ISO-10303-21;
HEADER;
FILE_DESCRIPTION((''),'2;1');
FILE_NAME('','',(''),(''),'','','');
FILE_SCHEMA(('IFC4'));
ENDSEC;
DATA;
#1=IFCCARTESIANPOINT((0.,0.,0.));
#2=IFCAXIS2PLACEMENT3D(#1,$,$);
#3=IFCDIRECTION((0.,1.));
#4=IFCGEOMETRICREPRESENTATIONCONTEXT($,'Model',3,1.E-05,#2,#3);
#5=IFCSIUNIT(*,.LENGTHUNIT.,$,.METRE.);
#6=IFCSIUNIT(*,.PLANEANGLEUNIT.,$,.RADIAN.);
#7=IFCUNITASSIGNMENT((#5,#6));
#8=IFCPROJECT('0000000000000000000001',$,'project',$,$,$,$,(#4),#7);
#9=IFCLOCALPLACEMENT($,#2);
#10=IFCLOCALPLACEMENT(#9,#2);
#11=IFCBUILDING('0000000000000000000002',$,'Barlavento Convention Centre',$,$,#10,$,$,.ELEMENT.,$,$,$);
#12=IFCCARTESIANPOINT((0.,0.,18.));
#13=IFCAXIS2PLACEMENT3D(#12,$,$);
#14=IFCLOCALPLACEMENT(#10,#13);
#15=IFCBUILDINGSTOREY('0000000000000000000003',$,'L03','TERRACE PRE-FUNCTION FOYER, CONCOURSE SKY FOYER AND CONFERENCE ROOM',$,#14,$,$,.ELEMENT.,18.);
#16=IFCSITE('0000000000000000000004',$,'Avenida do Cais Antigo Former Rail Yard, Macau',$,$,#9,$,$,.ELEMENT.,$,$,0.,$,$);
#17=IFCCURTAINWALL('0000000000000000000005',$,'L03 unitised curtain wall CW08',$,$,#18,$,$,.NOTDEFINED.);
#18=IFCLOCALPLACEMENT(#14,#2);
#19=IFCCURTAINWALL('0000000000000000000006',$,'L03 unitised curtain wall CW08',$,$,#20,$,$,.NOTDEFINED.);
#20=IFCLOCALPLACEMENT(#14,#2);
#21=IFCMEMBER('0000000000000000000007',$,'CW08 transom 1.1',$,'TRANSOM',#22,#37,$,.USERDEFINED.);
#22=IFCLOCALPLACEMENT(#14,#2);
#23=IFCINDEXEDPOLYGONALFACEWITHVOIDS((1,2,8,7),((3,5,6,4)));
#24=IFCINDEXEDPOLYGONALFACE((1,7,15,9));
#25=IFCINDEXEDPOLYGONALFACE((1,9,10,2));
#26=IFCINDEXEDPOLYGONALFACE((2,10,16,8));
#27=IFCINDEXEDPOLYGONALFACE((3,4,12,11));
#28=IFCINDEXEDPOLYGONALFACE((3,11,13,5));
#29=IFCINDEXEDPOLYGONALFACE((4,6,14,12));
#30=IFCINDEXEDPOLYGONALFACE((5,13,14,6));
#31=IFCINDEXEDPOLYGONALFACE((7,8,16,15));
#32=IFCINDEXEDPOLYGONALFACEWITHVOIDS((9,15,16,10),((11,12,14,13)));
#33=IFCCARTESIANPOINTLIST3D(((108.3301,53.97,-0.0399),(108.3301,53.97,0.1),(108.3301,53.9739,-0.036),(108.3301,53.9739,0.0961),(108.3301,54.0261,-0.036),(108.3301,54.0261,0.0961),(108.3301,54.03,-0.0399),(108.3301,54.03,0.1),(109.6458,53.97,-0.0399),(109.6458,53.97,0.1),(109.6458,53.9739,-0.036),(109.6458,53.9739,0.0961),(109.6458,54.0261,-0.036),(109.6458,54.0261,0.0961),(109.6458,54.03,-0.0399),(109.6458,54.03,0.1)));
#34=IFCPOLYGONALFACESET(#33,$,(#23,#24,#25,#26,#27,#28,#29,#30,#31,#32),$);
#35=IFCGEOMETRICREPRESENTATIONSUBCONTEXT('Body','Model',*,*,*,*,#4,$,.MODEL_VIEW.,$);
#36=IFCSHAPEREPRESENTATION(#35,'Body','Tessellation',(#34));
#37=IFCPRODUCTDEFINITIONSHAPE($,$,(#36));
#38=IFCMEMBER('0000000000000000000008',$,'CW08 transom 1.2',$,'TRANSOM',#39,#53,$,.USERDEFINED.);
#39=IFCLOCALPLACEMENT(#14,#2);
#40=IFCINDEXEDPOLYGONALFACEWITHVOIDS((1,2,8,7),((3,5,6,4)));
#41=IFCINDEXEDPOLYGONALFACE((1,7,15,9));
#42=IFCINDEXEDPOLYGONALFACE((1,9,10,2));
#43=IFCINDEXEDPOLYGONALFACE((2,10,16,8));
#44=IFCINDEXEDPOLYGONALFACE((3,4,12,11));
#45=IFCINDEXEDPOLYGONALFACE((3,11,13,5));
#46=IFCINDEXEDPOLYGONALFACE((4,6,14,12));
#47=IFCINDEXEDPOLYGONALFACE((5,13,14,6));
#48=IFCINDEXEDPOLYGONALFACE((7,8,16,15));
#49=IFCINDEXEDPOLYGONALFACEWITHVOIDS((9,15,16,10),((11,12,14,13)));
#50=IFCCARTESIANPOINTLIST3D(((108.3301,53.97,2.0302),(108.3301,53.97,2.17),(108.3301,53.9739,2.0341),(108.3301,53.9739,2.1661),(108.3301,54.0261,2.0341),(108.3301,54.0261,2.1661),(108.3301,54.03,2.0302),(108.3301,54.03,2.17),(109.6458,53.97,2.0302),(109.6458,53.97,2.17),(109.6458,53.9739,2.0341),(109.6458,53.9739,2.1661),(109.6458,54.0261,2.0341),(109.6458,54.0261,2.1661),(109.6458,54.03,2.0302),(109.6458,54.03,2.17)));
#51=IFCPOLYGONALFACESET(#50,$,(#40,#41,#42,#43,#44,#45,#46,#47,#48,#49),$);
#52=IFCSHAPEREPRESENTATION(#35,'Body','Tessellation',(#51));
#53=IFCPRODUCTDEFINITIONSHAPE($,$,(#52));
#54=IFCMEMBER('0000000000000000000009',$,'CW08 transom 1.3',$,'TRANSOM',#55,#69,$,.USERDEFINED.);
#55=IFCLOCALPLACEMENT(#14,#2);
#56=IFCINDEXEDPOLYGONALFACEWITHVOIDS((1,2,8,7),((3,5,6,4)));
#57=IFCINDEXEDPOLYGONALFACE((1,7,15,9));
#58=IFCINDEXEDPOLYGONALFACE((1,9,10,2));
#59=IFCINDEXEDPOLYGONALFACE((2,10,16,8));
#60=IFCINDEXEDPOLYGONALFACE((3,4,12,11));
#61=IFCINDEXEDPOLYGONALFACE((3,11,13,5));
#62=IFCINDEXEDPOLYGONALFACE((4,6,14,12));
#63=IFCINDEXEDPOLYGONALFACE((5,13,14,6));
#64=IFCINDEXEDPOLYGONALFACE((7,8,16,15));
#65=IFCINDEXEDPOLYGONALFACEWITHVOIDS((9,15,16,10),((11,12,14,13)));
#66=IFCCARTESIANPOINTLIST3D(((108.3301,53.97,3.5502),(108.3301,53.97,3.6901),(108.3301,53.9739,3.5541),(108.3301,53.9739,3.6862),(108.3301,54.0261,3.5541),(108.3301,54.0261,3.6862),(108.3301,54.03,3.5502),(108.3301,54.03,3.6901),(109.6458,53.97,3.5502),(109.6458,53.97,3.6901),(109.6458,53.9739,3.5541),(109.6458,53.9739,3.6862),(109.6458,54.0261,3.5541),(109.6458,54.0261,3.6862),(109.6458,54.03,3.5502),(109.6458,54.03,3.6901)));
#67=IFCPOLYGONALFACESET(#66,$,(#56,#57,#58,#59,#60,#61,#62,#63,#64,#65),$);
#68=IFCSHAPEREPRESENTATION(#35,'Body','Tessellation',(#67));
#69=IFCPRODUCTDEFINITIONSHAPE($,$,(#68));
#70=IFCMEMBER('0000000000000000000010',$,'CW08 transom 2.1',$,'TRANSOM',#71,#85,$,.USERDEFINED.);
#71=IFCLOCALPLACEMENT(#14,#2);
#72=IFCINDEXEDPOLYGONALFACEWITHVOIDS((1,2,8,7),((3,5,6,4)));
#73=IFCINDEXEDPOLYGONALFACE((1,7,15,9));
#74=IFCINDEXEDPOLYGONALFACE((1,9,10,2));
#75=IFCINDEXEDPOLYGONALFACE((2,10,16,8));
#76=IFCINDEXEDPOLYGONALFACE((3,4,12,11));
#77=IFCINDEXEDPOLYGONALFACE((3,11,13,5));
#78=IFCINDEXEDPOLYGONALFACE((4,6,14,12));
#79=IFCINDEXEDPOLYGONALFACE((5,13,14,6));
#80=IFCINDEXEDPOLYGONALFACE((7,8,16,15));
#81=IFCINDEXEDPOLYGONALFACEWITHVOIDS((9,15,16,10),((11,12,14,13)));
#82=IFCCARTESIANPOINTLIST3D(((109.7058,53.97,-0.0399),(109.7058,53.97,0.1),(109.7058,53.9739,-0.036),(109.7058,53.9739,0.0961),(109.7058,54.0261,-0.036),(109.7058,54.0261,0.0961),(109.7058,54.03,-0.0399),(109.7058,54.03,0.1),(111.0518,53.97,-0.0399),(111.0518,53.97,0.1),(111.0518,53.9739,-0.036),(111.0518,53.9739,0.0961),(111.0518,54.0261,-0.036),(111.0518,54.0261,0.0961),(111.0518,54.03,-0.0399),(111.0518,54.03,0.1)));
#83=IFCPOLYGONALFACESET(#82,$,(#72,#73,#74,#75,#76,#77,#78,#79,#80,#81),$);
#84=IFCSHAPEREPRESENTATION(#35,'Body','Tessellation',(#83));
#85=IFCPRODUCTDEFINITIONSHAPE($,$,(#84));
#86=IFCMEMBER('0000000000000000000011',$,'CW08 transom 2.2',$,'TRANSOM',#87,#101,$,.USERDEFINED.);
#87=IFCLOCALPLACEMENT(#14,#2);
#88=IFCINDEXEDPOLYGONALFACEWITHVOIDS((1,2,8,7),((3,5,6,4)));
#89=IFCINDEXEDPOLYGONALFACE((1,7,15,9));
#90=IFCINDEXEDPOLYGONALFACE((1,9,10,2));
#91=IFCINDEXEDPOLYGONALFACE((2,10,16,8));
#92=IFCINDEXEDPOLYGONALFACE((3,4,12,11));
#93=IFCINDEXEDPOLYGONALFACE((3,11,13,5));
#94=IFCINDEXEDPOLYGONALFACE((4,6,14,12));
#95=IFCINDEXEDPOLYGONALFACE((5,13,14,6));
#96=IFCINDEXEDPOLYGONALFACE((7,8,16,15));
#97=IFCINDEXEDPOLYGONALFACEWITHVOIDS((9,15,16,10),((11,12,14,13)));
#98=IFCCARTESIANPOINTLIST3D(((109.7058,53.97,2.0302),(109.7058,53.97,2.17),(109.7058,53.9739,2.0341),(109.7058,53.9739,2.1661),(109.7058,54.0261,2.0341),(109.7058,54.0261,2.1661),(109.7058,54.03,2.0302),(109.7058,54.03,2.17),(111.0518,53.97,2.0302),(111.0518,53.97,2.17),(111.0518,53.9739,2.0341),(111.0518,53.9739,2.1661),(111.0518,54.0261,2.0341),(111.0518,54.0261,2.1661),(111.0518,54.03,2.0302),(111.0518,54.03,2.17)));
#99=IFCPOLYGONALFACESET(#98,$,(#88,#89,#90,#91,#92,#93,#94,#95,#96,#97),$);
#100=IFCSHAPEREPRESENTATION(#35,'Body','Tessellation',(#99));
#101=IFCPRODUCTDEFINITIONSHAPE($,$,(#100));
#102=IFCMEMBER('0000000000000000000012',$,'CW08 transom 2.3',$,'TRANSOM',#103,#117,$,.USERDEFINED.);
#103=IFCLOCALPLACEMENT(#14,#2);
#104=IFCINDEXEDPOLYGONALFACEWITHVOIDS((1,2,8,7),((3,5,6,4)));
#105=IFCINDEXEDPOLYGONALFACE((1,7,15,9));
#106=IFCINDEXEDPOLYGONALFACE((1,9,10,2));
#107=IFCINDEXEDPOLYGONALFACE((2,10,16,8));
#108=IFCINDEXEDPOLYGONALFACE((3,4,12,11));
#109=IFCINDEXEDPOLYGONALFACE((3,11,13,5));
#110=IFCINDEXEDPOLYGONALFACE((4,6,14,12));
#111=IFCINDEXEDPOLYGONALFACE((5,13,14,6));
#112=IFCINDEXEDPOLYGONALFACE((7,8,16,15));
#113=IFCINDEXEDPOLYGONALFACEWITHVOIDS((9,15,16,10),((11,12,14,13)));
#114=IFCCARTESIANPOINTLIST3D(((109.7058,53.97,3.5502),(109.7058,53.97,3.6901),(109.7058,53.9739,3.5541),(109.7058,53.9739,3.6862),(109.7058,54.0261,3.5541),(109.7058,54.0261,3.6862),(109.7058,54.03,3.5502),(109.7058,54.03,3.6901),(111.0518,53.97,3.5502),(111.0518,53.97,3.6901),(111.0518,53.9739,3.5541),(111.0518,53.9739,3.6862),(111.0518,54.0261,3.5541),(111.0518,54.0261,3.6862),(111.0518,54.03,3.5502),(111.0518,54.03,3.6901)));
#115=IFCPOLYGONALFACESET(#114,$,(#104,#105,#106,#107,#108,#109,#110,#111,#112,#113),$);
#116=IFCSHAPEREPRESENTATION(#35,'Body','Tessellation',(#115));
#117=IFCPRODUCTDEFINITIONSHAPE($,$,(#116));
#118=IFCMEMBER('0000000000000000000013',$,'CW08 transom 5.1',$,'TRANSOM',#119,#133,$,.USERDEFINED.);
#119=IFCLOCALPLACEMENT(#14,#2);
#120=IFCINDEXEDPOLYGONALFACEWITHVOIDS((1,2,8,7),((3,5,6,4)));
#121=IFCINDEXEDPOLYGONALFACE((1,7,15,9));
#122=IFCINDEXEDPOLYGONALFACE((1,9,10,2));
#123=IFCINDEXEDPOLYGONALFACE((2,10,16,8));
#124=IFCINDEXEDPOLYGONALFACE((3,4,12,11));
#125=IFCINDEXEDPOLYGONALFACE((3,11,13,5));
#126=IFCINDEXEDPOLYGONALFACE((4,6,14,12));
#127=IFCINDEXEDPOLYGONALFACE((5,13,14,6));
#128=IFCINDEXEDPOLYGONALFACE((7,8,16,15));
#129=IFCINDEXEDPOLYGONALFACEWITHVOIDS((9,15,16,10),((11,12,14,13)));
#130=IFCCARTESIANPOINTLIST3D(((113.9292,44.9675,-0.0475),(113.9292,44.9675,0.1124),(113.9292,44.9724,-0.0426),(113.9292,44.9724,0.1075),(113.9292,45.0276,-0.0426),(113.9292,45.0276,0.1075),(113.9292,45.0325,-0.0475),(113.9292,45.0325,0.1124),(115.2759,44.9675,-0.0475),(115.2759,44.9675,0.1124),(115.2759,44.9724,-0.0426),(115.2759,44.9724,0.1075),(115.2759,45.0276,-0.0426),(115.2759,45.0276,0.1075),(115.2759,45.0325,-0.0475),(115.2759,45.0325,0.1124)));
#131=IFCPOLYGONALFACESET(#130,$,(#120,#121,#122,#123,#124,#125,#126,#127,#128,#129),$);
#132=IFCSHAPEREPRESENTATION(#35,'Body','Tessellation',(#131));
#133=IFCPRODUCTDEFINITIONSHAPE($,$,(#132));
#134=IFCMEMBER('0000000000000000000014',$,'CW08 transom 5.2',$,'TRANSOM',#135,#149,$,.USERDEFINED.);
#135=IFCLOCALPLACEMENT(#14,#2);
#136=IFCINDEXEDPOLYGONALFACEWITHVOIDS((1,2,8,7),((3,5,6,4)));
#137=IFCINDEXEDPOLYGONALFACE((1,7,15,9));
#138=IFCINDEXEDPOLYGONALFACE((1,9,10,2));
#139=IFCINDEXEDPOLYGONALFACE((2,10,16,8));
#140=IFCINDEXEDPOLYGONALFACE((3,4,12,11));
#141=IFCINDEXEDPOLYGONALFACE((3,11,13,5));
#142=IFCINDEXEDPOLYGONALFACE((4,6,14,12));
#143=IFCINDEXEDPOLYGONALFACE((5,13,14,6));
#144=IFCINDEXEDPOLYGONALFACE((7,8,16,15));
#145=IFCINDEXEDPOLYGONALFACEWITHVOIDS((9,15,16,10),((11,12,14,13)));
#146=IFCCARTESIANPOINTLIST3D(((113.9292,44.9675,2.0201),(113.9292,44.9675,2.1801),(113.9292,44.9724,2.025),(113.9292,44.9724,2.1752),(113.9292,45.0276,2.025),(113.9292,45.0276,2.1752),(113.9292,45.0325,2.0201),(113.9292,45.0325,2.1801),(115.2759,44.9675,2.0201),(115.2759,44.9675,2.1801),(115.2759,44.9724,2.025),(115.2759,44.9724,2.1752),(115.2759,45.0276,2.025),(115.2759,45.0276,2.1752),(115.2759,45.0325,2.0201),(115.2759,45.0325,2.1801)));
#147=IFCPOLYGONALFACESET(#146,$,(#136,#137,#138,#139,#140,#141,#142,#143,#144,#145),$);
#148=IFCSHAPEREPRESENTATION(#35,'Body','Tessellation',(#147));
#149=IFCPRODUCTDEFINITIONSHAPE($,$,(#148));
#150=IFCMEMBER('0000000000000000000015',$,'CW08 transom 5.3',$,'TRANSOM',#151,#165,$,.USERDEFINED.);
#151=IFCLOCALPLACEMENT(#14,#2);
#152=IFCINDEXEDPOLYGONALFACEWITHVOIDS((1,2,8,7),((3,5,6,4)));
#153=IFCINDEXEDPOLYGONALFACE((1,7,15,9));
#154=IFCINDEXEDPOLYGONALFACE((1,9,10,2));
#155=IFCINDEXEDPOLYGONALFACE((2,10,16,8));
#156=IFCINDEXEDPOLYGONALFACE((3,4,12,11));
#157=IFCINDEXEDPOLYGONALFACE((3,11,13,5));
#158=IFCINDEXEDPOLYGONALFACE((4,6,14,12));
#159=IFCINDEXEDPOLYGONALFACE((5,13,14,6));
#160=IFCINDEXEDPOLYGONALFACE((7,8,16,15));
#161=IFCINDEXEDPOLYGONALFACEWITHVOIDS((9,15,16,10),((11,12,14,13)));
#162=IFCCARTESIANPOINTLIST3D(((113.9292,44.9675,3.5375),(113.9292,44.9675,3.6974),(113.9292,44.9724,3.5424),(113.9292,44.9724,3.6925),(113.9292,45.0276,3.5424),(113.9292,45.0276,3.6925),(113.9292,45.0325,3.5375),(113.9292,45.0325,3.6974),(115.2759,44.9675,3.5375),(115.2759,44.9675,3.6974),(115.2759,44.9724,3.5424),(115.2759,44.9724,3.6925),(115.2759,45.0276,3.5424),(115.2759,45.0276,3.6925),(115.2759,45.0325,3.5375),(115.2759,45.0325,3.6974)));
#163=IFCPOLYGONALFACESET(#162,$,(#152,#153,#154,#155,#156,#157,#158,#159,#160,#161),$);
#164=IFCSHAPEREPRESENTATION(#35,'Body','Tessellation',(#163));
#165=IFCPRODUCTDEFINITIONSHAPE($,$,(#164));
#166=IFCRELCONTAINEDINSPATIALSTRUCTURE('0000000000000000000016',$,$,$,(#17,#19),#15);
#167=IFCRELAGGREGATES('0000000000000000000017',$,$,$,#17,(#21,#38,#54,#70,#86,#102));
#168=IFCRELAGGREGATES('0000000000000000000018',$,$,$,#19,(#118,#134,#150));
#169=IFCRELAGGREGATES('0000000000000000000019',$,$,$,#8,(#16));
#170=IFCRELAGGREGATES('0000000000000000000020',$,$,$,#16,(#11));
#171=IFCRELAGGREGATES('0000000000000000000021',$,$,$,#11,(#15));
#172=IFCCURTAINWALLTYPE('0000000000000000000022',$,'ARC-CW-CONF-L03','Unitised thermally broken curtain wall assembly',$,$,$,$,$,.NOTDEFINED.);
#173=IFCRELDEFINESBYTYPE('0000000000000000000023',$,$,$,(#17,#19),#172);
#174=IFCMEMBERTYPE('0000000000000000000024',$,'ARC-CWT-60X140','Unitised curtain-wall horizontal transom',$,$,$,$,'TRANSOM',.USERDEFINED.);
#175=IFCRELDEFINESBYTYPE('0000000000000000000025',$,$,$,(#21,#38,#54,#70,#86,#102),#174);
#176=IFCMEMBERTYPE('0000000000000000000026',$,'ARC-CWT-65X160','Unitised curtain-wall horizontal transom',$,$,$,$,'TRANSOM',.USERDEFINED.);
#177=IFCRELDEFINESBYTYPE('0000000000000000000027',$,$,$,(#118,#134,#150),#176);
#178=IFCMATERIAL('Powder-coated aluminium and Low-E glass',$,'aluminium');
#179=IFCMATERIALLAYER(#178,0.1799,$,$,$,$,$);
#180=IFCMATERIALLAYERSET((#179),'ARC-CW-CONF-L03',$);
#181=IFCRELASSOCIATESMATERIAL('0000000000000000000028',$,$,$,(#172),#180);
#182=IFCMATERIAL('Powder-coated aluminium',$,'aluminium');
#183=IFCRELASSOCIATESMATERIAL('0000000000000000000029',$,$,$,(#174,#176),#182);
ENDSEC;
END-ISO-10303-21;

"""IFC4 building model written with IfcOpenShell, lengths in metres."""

from ifc_helpers import new_model, si_unit, direction, frame, origin, origin_2d, place, context, subcontext, project, spatial, hollow_rectangle, extrude, material, layer, layer_set, material_profile, profile_set, type_object, element, aggregate, save


model = new_model("IFC4")

# Units and contexts
model_context = context("Model", 3, precision=1e-05, world=origin(), true_north=direction((0.0, 1.0)))
body_context = subcontext(model_context, "Body", "Model", "MODEL_VIEW")
ifc_project = project(units=[si_unit("LENGTHUNIT", "METRE"), si_unit("PLANEANGLEUNIT", "RADIAN")], contexts=[model_context])

# Site, building, storey
site_placement = place(None, origin())
site = spatial("IfcSite", under=ifc_project, at=site_placement, Name="Avenida do Cais Antigo Former Rail Yard, Macau", CompositionType="ELEMENT", RefElevation=0.0)
building_placement = place(site_placement, origin())
building = spatial("IfcBuilding", under=site, at=building_placement, Name="Barlavento Convention Centre", CompositionType="ELEMENT")
storey_placement = place(building_placement, frame((0.0, 0.0, 18.0)))
storey = spatial("IfcBuildingStorey", under=building, at=storey_placement, Name="L03", Description="TERRACE PRE-FUNCTION FOYER, CONCOURSE SKY FOYER AND CONFERENCE ROOM", CompositionType="ELEMENT", Elevation=18.0)

# Shared definitions
ifc_material_1 = material(Name="Powder-coated aluminium and Low-E glass", Category="aluminium")
ifc_layer_1 = layer(ifc_material_1, 0.1799)
ifc_layer_set_1 = layer_set([ifc_layer_1], Name="ARC-CW-CONF-L03")
curtain_wall_type = type_object("IfcCurtainWallType", Name="ARC-CW-CONF-L03", Description="Unitised thermally broken curtain wall assembly", PredefinedType="NOTDEFINED", material=ifc_layer_set_1)
ifc_material_2 = material(Name="Powder-coated aluminium", Category="aluminium")

# Curtain walls
curtain_wall_1_placement = place(storey_placement, origin())
curtain_wall_1 = element("IfcCurtainWall", 1, at=curtain_wall_1_placement, inside=storey, type_object=curtain_wall_type, Name="L03 unitised curtain wall CW08", PredefinedType="NOTDEFINED")
curtain_wall_2_placement = place(storey_placement, origin())
curtain_wall_2 = element("IfcCurtainWall", 2, at=curtain_wall_2_placement, inside=storey, type_object=curtain_wall_type, Name="L03 unitised curtain wall CW08", PredefinedType="NOTDEFINED")

# Members
ifc_material_profile_1 = material_profile(ifc_material_2, hollow_rectangle(XDim=0.0601, YDim=0.1399, WallThickness=0.0039, at=origin_2d()), Name="AL-TRAN 60x140x4")
ifc_profile_set_1 = profile_set([ifc_material_profile_1], Name="Powder-coated aluminium")
member_type_1 = type_object("IfcMemberType", Name="ARC-CWT-60X140", Description="Unitised curtain-wall horizontal transom", ElementType="TRANSOM", PredefinedType="USERDEFINED", material=ifc_profile_set_1)
member_1_placement = place(storey_placement, frame((108.3301, 54.0, 0.03), z_axis=(1.0, 0.0, 0.0), x_axis=(0.0, 1.0, 0.0)))
member_1 = element("IfcMember", 3, at=member_1_placement, type_object=member_type_1, Name="CW08 transom 1.1", ObjectType="TRANSOM", PredefinedType="USERDEFINED", context=body_context, shape_type="SweptSolid", body=[
    extrude(hollow_rectangle(XDim=0.0601, YDim=0.1399, WallThickness=0.0039, at=origin_2d()), origin(), (0.0, 0.0, 1.0), 1.3157),
])
member_2_placement = place(storey_placement, frame((108.3301, 54.0, 2.1001), z_axis=(1.0, 0.0, 0.0), x_axis=(0.0, 1.0, 0.0)))
member_2 = element("IfcMember", 4, at=member_2_placement, type_object=member_type_1, Name="CW08 transom 1.2", ObjectType="TRANSOM", PredefinedType="USERDEFINED", context=body_context, shape_type="SweptSolid", body=[
    extrude(hollow_rectangle(XDim=0.0601, YDim=0.1399, WallThickness=0.0039, at=origin_2d()), origin(), (0.0, 0.0, 1.0), 1.3157),
])
member_3_placement = place(storey_placement, frame((108.3301, 54.0, 3.6201), z_axis=(1.0, 0.0, 0.0), x_axis=(0.0, 1.0, 0.0)))
member_3 = element("IfcMember", 5, at=member_3_placement, type_object=member_type_1, Name="CW08 transom 1.3", ObjectType="TRANSOM", PredefinedType="USERDEFINED", context=body_context, shape_type="SweptSolid", body=[
    extrude(hollow_rectangle(XDim=0.0601, YDim=0.1399, WallThickness=0.0039, at=origin_2d()), origin(), (0.0, 0.0, 1.0), 1.3157),
])
member_4_placement = place(storey_placement, frame((109.7058, 54.0, 0.03), z_axis=(1.0, 0.0, 0.0), x_axis=(0.0, 1.0, 0.0)))
member_4 = element("IfcMember", 6, at=member_4_placement, type_object=member_type_1, Name="CW08 transom 2.1", ObjectType="TRANSOM", PredefinedType="USERDEFINED", context=body_context, shape_type="SweptSolid", body=[
    extrude(hollow_rectangle(XDim=0.0601, YDim=0.1399, WallThickness=0.0039, at=origin_2d()), origin(), (0.0, 0.0, 1.0), 1.3459),
])
member_5_placement = place(storey_placement, frame((109.7058, 54.0, 2.1001), z_axis=(1.0, 0.0, 0.0), x_axis=(0.0, 1.0, 0.0)))
member_5 = element("IfcMember", 7, at=member_5_placement, type_object=member_type_1, Name="CW08 transom 2.2", ObjectType="TRANSOM", PredefinedType="USERDEFINED", context=body_context, shape_type="SweptSolid", body=[
    extrude(hollow_rectangle(XDim=0.0601, YDim=0.1399, WallThickness=0.0039, at=origin_2d()), origin(), (0.0, 0.0, 1.0), 1.3459),
])
member_6_placement = place(storey_placement, frame((109.7058, 54.0, 3.6201), z_axis=(1.0, 0.0, 0.0), x_axis=(0.0, 1.0, 0.0)))
member_6 = element("IfcMember", 8, at=member_6_placement, type_object=member_type_1, Name="CW08 transom 2.3", ObjectType="TRANSOM", PredefinedType="USERDEFINED", context=body_context, shape_type="SweptSolid", body=[
    extrude(hollow_rectangle(XDim=0.0601, YDim=0.1399, WallThickness=0.0039, at=origin_2d()), origin(), (0.0, 0.0, 1.0), 1.3459),
])
ifc_material_profile_2 = material_profile(ifc_material_2, hollow_rectangle(XDim=0.0649, YDim=0.1599, WallThickness=0.0049, at=origin_2d()), Name="AL-TRAN 65x160x5")
ifc_profile_set_2 = profile_set([ifc_material_profile_2], Name="Powder-coated aluminium")
member_type_2 = type_object("IfcMemberType", Name="ARC-CWT-65X160", Description="Unitised curtain-wall horizontal transom", ElementType="TRANSOM", PredefinedType="USERDEFINED", material=ifc_profile_set_2)
member_7_placement = place(storey_placement, frame((113.9292, 45.0, 0.0325), z_axis=(1.0, 0.0, 0.0), x_axis=(0.0, 1.0, 0.0)))
member_7 = element("IfcMember", 9, at=member_7_placement, type_object=member_type_2, Name="CW08 transom 5.1", ObjectType="TRANSOM", PredefinedType="USERDEFINED", context=body_context, shape_type="SweptSolid", body=[
    extrude(hollow_rectangle(XDim=0.0649, YDim=0.1599, WallThickness=0.0049, at=origin_2d()), origin(), (0.0, 0.0, 1.0), 1.3467),
])
member_8_placement = place(storey_placement, frame((113.9292, 45.0, 2.1001), z_axis=(1.0, 0.0, 0.0), x_axis=(0.0, 1.0, 0.0)))
member_8 = element("IfcMember", 10, at=member_8_placement, type_object=member_type_2, Name="CW08 transom 5.2", ObjectType="TRANSOM", PredefinedType="USERDEFINED", context=body_context, shape_type="SweptSolid", body=[
    extrude(hollow_rectangle(XDim=0.0649, YDim=0.1599, WallThickness=0.0049, at=origin_2d()), origin(), (0.0, 0.0, 1.0), 1.3467),
])
member_9_placement = place(storey_placement, frame((113.9292, 45.0, 3.6174), z_axis=(1.0, 0.0, 0.0), x_axis=(0.0, 1.0, 0.0)))
member_9 = element("IfcMember", 11, at=member_9_placement, type_object=member_type_2, Name="CW08 transom 5.3", ObjectType="TRANSOM", PredefinedType="USERDEFINED", context=body_context, shape_type="SweptSolid", body=[
    extrude(hollow_rectangle(XDim=0.0649, YDim=0.1599, WallThickness=0.0049, at=origin_2d()), origin(), (0.0, 0.0, 1.0), 1.3467),
])

aggregate(curtain_wall_1, [member_1, member_2, member_3, member_4, member_5, member_6])
aggregate(curtain_wall_2, [member_7, member_8, member_9])

save(model, "model.ifc")
